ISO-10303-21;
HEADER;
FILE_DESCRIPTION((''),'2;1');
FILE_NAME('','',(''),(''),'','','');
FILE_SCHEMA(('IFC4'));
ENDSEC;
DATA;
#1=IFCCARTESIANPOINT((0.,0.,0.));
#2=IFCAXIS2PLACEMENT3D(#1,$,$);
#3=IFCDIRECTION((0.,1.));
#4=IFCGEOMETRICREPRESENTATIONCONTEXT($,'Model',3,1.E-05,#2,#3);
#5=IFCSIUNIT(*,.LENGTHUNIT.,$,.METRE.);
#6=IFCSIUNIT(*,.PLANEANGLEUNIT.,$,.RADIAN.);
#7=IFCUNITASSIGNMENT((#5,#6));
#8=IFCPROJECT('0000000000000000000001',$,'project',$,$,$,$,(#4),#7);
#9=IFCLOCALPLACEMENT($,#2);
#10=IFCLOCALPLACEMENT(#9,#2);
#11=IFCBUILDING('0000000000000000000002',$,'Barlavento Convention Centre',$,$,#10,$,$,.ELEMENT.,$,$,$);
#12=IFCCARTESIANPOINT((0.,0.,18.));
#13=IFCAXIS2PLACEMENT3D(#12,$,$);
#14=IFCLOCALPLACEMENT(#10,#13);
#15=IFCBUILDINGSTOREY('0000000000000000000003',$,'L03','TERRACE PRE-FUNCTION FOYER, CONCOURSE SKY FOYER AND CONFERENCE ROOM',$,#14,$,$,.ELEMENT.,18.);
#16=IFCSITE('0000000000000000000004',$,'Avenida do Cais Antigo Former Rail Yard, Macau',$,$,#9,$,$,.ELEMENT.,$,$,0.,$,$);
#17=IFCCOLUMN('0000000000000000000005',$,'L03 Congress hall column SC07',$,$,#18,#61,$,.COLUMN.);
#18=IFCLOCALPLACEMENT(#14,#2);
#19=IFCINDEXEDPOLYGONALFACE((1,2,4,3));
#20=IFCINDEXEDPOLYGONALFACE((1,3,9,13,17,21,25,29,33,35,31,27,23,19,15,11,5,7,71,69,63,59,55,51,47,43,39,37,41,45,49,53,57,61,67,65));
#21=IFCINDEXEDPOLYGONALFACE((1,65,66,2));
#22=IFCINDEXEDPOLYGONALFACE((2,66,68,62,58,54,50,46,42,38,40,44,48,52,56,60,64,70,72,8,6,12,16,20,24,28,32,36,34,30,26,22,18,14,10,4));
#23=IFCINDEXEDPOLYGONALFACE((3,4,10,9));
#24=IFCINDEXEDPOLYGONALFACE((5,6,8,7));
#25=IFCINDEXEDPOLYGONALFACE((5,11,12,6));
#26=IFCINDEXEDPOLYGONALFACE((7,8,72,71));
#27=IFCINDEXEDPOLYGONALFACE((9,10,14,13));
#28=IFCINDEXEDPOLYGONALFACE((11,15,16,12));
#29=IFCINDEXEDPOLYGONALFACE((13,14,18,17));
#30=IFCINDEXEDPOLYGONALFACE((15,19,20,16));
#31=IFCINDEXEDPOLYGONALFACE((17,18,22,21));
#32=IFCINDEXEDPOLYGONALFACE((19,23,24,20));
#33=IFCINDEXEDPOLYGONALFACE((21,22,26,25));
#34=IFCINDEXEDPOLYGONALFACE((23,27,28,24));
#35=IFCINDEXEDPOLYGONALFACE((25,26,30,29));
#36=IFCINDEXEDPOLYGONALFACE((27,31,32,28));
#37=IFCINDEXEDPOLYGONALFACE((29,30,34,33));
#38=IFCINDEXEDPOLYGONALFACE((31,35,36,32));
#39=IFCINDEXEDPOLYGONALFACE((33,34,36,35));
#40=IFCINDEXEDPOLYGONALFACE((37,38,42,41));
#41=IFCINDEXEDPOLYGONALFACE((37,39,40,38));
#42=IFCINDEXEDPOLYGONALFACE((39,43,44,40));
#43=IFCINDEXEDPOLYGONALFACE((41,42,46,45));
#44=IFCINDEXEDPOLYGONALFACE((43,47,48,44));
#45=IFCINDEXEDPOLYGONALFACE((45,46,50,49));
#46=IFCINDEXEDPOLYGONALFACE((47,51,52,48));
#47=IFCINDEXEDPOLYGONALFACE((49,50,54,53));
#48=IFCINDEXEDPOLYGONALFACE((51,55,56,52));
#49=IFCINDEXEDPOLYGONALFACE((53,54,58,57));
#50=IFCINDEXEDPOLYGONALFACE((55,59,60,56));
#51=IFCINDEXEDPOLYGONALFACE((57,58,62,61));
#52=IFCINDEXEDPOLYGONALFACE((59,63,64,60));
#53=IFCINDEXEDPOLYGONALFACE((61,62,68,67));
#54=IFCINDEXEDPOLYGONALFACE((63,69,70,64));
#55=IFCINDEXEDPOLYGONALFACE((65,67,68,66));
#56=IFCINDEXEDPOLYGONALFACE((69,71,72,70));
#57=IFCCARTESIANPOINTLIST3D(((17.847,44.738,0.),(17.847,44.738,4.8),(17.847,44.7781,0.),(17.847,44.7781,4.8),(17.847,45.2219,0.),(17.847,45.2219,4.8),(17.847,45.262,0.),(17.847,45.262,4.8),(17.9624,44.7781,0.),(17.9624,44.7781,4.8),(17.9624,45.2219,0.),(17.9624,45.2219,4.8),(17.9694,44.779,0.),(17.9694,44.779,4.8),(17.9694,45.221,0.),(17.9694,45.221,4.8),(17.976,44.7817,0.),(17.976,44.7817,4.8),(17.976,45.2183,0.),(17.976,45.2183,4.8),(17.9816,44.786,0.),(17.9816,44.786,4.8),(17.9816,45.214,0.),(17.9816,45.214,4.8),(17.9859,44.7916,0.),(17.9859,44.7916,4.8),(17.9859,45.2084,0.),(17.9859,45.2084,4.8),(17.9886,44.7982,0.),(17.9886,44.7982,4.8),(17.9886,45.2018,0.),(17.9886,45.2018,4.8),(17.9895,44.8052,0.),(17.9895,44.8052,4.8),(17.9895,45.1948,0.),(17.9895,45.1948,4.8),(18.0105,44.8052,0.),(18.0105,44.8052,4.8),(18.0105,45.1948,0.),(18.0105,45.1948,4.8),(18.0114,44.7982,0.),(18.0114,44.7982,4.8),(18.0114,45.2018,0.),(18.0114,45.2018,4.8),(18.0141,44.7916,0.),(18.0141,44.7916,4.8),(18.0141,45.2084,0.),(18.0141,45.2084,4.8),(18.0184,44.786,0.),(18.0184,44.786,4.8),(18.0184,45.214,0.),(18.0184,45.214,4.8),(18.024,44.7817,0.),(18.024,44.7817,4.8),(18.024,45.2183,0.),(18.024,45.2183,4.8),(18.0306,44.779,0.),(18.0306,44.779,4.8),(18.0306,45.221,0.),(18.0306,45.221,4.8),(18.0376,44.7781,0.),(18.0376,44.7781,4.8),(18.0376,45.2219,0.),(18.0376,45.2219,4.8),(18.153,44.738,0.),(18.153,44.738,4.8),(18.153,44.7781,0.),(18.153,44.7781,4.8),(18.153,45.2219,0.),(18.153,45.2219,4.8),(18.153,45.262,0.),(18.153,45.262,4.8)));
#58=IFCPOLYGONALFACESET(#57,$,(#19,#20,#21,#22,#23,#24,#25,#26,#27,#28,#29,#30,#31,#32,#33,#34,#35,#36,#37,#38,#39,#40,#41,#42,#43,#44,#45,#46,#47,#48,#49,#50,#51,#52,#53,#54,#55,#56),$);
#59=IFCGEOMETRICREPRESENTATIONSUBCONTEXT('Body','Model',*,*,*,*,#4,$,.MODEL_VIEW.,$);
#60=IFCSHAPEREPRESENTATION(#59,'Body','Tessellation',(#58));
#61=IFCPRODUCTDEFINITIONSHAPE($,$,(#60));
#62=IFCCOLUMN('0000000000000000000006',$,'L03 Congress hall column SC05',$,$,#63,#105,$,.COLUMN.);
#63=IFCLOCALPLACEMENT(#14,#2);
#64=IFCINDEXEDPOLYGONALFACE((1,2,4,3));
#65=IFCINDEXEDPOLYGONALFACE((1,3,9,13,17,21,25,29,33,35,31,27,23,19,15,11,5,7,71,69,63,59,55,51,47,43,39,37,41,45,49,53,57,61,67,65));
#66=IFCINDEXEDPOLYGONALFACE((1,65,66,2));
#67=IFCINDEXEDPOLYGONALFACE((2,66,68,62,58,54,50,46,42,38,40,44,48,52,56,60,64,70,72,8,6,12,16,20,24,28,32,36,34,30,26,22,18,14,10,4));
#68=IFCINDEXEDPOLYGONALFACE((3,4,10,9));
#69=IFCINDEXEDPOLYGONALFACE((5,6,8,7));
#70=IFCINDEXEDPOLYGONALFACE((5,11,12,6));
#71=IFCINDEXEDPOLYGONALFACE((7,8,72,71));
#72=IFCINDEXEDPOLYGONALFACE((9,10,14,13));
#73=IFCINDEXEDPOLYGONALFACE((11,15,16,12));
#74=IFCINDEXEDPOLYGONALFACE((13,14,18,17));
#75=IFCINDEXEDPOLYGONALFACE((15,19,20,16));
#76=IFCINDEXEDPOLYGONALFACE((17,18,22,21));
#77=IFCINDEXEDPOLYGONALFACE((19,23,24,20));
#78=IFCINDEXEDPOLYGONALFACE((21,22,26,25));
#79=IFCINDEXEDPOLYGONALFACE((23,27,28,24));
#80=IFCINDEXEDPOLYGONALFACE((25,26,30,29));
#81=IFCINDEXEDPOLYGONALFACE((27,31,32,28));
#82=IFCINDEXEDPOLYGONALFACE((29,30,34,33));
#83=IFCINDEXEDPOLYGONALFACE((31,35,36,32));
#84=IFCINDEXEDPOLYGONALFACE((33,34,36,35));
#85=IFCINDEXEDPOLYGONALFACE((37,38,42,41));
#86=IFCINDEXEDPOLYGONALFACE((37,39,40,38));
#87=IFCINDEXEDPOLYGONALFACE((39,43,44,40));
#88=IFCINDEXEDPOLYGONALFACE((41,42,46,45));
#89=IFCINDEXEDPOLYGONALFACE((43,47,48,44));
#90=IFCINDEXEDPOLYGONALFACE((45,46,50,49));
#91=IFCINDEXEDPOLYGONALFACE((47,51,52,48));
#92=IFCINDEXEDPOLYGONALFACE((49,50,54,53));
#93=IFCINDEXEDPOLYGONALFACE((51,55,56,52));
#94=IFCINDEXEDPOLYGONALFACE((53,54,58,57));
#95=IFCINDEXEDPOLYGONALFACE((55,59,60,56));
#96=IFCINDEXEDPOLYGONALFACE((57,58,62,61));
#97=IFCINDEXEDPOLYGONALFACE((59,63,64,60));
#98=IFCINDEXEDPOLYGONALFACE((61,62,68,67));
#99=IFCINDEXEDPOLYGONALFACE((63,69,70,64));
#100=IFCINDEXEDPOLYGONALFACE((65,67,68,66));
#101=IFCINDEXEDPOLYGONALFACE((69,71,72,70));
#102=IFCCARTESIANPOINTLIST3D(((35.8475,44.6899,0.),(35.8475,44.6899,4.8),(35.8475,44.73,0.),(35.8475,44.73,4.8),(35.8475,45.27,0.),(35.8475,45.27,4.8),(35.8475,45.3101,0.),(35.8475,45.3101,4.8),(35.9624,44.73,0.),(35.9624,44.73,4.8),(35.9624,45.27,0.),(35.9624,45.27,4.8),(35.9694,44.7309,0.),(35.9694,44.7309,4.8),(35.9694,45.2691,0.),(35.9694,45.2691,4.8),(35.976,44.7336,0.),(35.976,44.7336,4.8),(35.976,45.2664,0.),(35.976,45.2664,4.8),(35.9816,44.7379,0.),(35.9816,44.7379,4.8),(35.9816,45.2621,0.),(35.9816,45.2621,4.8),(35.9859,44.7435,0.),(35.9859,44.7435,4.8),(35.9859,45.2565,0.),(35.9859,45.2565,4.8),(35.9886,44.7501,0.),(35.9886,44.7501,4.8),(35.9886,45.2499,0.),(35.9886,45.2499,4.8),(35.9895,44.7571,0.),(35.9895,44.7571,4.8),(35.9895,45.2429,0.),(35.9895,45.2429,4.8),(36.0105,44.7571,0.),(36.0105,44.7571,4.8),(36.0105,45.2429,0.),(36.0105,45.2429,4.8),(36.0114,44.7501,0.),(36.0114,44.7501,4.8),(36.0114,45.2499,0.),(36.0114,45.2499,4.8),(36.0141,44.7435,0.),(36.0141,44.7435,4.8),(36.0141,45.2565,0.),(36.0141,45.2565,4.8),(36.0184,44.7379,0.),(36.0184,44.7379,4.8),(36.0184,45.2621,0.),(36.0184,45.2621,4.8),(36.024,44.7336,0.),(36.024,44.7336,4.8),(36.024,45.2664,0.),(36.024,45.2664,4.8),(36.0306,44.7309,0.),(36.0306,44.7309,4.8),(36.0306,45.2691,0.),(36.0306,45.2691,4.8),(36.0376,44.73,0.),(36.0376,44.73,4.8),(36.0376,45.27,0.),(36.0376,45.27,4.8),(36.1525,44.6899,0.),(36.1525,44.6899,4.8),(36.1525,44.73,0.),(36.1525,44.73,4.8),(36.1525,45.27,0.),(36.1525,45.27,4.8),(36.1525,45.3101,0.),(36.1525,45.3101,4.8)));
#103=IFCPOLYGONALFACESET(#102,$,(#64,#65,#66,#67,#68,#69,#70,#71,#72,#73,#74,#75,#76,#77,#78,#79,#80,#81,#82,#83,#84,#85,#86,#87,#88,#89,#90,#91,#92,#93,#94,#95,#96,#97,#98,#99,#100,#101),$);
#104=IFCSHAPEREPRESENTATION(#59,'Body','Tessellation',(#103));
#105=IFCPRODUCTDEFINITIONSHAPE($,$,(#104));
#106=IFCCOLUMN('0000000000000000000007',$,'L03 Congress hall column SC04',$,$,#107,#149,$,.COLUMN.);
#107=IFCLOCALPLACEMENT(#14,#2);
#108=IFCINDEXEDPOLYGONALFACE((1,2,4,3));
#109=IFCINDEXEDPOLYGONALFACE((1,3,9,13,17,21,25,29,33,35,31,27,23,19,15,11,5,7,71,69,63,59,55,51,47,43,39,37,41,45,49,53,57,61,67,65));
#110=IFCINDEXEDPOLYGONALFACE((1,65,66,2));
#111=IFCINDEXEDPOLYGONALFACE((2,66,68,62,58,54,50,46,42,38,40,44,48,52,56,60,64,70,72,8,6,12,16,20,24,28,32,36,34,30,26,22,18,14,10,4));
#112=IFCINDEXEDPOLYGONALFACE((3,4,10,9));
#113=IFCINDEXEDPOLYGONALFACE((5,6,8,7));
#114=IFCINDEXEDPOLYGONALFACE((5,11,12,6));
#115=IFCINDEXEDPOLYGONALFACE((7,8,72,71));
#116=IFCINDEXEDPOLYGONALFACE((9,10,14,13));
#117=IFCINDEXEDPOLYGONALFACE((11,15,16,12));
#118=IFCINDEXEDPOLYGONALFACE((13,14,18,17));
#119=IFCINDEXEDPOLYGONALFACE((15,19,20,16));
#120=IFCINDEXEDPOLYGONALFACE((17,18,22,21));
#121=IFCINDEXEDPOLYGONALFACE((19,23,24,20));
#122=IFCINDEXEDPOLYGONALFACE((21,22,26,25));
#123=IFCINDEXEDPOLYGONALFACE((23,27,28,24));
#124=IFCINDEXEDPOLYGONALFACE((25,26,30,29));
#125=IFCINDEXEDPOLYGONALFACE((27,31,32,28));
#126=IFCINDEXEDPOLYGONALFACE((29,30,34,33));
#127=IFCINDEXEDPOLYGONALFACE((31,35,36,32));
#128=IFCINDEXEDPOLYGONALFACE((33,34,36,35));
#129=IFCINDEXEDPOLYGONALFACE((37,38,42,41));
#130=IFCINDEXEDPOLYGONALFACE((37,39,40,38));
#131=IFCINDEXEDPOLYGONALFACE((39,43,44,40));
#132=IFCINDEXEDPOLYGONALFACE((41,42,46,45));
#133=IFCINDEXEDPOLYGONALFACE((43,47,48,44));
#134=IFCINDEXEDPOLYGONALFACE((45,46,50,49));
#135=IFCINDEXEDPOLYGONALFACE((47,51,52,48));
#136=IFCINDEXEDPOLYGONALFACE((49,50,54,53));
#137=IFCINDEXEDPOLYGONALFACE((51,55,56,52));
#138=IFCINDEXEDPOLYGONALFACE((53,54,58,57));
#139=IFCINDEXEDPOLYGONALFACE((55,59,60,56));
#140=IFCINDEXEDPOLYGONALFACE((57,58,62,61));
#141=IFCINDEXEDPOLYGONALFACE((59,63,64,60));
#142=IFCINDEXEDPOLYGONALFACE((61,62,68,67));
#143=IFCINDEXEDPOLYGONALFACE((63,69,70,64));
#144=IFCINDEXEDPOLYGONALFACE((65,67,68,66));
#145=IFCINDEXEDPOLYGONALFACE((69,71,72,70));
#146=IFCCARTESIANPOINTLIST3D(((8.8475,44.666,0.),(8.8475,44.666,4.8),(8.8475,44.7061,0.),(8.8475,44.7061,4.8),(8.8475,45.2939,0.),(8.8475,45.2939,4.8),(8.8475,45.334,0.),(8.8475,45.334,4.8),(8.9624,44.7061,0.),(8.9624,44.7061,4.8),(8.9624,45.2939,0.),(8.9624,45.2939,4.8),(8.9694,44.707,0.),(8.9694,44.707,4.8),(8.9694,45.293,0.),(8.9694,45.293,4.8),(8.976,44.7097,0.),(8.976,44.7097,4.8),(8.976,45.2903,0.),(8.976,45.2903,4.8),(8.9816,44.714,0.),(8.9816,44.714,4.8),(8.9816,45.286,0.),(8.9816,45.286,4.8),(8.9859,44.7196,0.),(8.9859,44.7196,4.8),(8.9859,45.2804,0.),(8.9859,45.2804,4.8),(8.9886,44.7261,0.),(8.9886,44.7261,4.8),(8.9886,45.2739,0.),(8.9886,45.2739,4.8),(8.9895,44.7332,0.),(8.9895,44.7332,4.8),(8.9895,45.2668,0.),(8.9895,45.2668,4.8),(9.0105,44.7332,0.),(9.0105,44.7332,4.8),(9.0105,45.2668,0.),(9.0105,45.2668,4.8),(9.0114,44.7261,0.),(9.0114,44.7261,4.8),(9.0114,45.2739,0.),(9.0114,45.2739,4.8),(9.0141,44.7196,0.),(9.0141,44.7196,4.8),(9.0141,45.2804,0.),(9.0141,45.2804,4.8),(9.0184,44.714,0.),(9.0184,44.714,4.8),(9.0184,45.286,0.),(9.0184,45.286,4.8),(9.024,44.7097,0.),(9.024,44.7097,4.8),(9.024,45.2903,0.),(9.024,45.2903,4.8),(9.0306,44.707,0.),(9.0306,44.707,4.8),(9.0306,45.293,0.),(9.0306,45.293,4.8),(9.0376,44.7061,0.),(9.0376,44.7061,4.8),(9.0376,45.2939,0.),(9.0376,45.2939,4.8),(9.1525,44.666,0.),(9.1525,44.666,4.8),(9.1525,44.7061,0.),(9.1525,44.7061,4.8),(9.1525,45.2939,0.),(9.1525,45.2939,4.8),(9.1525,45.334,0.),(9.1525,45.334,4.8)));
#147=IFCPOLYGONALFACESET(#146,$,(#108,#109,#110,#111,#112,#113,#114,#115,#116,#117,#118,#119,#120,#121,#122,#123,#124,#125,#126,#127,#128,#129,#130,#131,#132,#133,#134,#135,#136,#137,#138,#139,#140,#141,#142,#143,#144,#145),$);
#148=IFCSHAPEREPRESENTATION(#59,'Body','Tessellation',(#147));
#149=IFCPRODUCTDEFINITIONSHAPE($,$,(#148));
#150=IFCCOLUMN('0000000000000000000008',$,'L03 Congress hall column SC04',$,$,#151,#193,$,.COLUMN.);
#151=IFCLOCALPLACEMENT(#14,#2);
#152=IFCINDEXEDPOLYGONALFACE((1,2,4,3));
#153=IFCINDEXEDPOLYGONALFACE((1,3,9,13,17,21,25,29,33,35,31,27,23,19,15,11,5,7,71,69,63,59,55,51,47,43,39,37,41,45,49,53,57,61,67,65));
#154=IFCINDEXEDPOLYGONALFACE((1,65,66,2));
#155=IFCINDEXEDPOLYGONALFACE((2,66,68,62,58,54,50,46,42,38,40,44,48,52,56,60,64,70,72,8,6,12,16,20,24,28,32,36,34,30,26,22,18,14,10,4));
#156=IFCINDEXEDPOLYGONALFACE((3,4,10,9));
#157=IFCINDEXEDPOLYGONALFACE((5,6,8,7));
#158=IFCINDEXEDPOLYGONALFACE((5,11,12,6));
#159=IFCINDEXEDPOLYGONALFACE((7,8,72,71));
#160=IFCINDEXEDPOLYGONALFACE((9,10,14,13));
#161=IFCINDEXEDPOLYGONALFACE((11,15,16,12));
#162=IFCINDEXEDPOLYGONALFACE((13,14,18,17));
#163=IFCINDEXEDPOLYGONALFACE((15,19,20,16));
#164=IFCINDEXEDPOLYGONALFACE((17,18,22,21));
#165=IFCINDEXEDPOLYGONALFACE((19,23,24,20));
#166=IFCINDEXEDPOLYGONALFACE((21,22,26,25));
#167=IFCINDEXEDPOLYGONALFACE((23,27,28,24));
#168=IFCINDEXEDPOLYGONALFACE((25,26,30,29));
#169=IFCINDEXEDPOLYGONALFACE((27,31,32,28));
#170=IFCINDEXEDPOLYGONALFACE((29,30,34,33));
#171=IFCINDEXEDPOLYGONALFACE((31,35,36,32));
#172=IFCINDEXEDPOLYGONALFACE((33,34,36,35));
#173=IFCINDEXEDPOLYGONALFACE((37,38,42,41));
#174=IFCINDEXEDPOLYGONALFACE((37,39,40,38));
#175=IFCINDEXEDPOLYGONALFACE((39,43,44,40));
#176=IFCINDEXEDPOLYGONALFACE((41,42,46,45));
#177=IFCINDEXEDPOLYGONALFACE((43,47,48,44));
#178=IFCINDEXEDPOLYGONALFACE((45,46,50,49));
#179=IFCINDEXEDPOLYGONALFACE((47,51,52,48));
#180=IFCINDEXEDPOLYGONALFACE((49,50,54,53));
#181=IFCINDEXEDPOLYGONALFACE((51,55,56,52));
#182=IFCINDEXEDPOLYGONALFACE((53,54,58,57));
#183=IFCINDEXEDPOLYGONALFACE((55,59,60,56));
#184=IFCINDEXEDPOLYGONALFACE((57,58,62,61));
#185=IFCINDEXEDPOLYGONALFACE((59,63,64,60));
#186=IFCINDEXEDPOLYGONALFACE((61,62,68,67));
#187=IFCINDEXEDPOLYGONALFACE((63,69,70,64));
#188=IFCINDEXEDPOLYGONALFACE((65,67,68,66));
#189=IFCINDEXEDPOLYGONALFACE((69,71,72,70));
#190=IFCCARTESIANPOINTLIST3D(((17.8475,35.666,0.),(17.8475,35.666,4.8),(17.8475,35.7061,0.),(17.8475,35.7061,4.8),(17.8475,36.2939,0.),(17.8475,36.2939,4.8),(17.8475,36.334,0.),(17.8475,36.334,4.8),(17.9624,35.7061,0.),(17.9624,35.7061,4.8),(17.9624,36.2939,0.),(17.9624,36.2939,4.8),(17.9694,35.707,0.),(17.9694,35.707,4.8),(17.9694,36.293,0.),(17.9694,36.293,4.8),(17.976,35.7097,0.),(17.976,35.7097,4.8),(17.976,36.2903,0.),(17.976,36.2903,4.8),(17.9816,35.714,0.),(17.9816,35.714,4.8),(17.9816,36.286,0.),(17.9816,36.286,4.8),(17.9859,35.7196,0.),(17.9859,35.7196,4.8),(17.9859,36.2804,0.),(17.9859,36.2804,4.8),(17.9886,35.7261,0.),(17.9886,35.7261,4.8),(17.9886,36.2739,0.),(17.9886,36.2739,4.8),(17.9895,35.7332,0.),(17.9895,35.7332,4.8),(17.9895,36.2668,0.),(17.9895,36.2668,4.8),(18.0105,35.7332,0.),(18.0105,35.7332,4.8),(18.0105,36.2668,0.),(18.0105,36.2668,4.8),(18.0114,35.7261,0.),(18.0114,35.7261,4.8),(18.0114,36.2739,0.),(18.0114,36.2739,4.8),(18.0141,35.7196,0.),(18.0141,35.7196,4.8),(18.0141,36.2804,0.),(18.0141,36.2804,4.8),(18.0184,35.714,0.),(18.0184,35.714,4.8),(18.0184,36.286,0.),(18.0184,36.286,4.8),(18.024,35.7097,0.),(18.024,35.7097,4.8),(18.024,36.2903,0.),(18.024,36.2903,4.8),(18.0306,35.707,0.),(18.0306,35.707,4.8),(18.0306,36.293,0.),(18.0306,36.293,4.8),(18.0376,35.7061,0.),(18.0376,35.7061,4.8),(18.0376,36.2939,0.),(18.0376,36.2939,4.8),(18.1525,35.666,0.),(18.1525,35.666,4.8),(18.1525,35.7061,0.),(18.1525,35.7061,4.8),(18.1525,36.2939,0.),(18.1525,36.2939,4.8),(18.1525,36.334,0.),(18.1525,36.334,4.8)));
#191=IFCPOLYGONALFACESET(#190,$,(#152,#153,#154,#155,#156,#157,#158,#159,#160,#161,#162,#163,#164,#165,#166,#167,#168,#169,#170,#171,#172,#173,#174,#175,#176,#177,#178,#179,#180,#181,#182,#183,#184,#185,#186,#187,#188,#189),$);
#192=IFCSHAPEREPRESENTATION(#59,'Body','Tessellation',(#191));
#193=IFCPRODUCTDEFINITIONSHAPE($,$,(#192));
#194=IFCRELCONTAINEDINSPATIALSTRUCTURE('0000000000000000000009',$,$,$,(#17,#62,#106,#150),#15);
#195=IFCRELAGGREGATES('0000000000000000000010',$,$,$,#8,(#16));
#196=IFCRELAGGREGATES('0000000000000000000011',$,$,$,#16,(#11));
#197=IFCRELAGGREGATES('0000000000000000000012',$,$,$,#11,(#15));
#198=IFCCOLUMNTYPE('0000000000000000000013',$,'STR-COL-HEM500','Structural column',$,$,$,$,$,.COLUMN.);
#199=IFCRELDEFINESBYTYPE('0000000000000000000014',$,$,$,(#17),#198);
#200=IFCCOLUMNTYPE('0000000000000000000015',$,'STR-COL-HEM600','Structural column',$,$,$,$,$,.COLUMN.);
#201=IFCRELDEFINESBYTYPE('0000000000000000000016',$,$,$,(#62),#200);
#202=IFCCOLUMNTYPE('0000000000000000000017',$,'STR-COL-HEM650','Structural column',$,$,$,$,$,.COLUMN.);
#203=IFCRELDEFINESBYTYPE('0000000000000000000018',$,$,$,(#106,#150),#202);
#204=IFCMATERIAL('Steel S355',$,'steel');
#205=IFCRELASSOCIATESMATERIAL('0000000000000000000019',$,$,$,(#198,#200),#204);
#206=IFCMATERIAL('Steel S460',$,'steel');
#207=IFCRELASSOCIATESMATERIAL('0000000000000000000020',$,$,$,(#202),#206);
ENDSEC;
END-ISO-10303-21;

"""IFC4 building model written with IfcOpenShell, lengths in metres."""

from ifc_helpers import new_model, si_unit, direction, frame, origin, origin_2d, place, context, subcontext, project, spatial, i_section, extrude, material, material_profile, profile_set, type_object, element, save


model = new_model("IFC4")

# Units and contexts
model_context = context("Model", 3, precision=1e-05, world=origin(), true_north=direction((0.0, 1.0)))
body_context = subcontext(model_context, "Body", "Model", "MODEL_VIEW")
ifc_project = project(units=[si_unit("LENGTHUNIT", "METRE"), si_unit("PLANEANGLEUNIT", "RADIAN")], contexts=[model_context])

# Site, building, storey
site_placement = place(None, origin())
site = spatial("IfcSite", under=ifc_project, at=site_placement, Name="Avenida do Cais Antigo Former Rail Yard, Macau", CompositionType="ELEMENT", RefElevation=0.0)
building_placement = place(site_placement, origin())
building = spatial("IfcBuilding", under=site, at=building_placement, Name="Barlavento Convention Centre", CompositionType="ELEMENT")
storey_placement = place(building_placement, frame((0.0, 0.0, 18.0)))
storey = spatial("IfcBuildingStorey", under=building, at=storey_placement, Name="L03", Description="TERRACE PRE-FUNCTION FOYER, CONCOURSE SKY FOYER AND CONFERENCE ROOM", CompositionType="ELEMENT", Elevation=18.0)

# Columns
ifc_material_1 = material(Name="Steel S355", Category="steel")
ifc_material_profile_1 = material_profile(ifc_material_1, i_section(OverallWidth=0.3059, OverallDepth=0.5239, WebThickness=0.021, FlangeThickness=0.04, FilletRadius=0.0271, at=origin_2d()), Name="HEM 500")
ifc_profile_set_1 = profile_set([ifc_material_profile_1], Name="Steel S355")
column_type_1 = type_object("IfcColumnType", Name="STR-COL-HEM500", Description="Structural column", PredefinedType="COLUMN", material=ifc_profile_set_1)
for number, where, z_axis, x_axis, name in (
    (1, (18.0, 45.0, 0.0), (0.0, 0.0, 1.0), (1.0, 0.0, 0.0), "L03 Congress hall column SC07"),
):
    element("IfcColumn", number, at=place(storey_placement, frame(where, z_axis=z_axis, x_axis=x_axis)), inside=storey, type_object=column_type_1, Name=name, PredefinedType="COLUMN", context=body_context, shape_type="SweptSolid", body=[
        extrude(i_section(OverallWidth=0.3059, OverallDepth=0.5239, WebThickness=0.021, FlangeThickness=0.04, FilletRadius=0.0271, at=origin_2d()), origin(), (0.0, 0.0, 1.0), 4.8),
    ])
ifc_material_profile_2 = material_profile(ifc_material_1, i_section(OverallWidth=0.3049, OverallDepth=0.6201, WebThickness=0.021, FlangeThickness=0.04, FilletRadius=0.0271, at=origin_2d()), Name="HEM 600")
ifc_profile_set_2 = profile_set([ifc_material_profile_2], Name="Steel S355")
column_type_2 = type_object("IfcColumnType", Name="STR-COL-HEM600", Description="Structural column", PredefinedType="COLUMN", material=ifc_profile_set_2)
column_1_placement = place(storey_placement, frame((36.0, 45.0, 0.0), z_axis=(0.0, 0.0, 1.0), x_axis=(1.0, 0.0, 0.0)))
element("IfcColumn", 2, at=column_1_placement, inside=storey, type_object=column_type_2, Name="L03 Congress hall column SC05", PredefinedType="COLUMN", context=body_context, shape_type="SweptSolid", body=[
    extrude(i_section(OverallWidth=0.3049, OverallDepth=0.6201, WebThickness=0.021, FlangeThickness=0.04, FilletRadius=0.0271, at=origin_2d()), origin(), (0.0, 0.0, 1.0), 4.8),
])
ifc_material_2 = material(Name="Steel S460", Category="steel")
ifc_material_profile_3 = material_profile(ifc_material_2, i_section(OverallWidth=0.3049, OverallDepth=0.668, WebThickness=0.021, FlangeThickness=0.04, FilletRadius=0.0271, at=origin_2d()), Name="HEM 650")
ifc_profile_set_3 = profile_set([ifc_material_profile_3], Name="Steel S460")
column_type_3 = type_object("IfcColumnType", Name="STR-COL-HEM650", Description="Structural column", PredefinedType="COLUMN", material=ifc_profile_set_3)
for number, where, z_axis, x_axis, name in (
    (3, (9.0, 45.0, 0.0), (0.0, 0.0, 1.0), (1.0, 0.0, 0.0), "L03 Congress hall column SC04"),
    (4, (18.0, 36.0, 0.0), (0.0, 0.0, 1.0), (1.0, 0.0, 0.0), "L03 Congress hall column SC04"),
):
    element("IfcColumn", number, at=place(storey_placement, frame(where, z_axis=z_axis, x_axis=x_axis)), inside=storey, type_object=column_type_3, Name=name, PredefinedType="COLUMN", context=body_context, shape_type="SweptSolid", body=[
        extrude(i_section(OverallWidth=0.3049, OverallDepth=0.668, WebThickness=0.021, FlangeThickness=0.04, FilletRadius=0.0271, at=origin_2d()), origin(), (0.0, 0.0, 1.0), 4.8),
    ])

save(model, "model.ifc")
